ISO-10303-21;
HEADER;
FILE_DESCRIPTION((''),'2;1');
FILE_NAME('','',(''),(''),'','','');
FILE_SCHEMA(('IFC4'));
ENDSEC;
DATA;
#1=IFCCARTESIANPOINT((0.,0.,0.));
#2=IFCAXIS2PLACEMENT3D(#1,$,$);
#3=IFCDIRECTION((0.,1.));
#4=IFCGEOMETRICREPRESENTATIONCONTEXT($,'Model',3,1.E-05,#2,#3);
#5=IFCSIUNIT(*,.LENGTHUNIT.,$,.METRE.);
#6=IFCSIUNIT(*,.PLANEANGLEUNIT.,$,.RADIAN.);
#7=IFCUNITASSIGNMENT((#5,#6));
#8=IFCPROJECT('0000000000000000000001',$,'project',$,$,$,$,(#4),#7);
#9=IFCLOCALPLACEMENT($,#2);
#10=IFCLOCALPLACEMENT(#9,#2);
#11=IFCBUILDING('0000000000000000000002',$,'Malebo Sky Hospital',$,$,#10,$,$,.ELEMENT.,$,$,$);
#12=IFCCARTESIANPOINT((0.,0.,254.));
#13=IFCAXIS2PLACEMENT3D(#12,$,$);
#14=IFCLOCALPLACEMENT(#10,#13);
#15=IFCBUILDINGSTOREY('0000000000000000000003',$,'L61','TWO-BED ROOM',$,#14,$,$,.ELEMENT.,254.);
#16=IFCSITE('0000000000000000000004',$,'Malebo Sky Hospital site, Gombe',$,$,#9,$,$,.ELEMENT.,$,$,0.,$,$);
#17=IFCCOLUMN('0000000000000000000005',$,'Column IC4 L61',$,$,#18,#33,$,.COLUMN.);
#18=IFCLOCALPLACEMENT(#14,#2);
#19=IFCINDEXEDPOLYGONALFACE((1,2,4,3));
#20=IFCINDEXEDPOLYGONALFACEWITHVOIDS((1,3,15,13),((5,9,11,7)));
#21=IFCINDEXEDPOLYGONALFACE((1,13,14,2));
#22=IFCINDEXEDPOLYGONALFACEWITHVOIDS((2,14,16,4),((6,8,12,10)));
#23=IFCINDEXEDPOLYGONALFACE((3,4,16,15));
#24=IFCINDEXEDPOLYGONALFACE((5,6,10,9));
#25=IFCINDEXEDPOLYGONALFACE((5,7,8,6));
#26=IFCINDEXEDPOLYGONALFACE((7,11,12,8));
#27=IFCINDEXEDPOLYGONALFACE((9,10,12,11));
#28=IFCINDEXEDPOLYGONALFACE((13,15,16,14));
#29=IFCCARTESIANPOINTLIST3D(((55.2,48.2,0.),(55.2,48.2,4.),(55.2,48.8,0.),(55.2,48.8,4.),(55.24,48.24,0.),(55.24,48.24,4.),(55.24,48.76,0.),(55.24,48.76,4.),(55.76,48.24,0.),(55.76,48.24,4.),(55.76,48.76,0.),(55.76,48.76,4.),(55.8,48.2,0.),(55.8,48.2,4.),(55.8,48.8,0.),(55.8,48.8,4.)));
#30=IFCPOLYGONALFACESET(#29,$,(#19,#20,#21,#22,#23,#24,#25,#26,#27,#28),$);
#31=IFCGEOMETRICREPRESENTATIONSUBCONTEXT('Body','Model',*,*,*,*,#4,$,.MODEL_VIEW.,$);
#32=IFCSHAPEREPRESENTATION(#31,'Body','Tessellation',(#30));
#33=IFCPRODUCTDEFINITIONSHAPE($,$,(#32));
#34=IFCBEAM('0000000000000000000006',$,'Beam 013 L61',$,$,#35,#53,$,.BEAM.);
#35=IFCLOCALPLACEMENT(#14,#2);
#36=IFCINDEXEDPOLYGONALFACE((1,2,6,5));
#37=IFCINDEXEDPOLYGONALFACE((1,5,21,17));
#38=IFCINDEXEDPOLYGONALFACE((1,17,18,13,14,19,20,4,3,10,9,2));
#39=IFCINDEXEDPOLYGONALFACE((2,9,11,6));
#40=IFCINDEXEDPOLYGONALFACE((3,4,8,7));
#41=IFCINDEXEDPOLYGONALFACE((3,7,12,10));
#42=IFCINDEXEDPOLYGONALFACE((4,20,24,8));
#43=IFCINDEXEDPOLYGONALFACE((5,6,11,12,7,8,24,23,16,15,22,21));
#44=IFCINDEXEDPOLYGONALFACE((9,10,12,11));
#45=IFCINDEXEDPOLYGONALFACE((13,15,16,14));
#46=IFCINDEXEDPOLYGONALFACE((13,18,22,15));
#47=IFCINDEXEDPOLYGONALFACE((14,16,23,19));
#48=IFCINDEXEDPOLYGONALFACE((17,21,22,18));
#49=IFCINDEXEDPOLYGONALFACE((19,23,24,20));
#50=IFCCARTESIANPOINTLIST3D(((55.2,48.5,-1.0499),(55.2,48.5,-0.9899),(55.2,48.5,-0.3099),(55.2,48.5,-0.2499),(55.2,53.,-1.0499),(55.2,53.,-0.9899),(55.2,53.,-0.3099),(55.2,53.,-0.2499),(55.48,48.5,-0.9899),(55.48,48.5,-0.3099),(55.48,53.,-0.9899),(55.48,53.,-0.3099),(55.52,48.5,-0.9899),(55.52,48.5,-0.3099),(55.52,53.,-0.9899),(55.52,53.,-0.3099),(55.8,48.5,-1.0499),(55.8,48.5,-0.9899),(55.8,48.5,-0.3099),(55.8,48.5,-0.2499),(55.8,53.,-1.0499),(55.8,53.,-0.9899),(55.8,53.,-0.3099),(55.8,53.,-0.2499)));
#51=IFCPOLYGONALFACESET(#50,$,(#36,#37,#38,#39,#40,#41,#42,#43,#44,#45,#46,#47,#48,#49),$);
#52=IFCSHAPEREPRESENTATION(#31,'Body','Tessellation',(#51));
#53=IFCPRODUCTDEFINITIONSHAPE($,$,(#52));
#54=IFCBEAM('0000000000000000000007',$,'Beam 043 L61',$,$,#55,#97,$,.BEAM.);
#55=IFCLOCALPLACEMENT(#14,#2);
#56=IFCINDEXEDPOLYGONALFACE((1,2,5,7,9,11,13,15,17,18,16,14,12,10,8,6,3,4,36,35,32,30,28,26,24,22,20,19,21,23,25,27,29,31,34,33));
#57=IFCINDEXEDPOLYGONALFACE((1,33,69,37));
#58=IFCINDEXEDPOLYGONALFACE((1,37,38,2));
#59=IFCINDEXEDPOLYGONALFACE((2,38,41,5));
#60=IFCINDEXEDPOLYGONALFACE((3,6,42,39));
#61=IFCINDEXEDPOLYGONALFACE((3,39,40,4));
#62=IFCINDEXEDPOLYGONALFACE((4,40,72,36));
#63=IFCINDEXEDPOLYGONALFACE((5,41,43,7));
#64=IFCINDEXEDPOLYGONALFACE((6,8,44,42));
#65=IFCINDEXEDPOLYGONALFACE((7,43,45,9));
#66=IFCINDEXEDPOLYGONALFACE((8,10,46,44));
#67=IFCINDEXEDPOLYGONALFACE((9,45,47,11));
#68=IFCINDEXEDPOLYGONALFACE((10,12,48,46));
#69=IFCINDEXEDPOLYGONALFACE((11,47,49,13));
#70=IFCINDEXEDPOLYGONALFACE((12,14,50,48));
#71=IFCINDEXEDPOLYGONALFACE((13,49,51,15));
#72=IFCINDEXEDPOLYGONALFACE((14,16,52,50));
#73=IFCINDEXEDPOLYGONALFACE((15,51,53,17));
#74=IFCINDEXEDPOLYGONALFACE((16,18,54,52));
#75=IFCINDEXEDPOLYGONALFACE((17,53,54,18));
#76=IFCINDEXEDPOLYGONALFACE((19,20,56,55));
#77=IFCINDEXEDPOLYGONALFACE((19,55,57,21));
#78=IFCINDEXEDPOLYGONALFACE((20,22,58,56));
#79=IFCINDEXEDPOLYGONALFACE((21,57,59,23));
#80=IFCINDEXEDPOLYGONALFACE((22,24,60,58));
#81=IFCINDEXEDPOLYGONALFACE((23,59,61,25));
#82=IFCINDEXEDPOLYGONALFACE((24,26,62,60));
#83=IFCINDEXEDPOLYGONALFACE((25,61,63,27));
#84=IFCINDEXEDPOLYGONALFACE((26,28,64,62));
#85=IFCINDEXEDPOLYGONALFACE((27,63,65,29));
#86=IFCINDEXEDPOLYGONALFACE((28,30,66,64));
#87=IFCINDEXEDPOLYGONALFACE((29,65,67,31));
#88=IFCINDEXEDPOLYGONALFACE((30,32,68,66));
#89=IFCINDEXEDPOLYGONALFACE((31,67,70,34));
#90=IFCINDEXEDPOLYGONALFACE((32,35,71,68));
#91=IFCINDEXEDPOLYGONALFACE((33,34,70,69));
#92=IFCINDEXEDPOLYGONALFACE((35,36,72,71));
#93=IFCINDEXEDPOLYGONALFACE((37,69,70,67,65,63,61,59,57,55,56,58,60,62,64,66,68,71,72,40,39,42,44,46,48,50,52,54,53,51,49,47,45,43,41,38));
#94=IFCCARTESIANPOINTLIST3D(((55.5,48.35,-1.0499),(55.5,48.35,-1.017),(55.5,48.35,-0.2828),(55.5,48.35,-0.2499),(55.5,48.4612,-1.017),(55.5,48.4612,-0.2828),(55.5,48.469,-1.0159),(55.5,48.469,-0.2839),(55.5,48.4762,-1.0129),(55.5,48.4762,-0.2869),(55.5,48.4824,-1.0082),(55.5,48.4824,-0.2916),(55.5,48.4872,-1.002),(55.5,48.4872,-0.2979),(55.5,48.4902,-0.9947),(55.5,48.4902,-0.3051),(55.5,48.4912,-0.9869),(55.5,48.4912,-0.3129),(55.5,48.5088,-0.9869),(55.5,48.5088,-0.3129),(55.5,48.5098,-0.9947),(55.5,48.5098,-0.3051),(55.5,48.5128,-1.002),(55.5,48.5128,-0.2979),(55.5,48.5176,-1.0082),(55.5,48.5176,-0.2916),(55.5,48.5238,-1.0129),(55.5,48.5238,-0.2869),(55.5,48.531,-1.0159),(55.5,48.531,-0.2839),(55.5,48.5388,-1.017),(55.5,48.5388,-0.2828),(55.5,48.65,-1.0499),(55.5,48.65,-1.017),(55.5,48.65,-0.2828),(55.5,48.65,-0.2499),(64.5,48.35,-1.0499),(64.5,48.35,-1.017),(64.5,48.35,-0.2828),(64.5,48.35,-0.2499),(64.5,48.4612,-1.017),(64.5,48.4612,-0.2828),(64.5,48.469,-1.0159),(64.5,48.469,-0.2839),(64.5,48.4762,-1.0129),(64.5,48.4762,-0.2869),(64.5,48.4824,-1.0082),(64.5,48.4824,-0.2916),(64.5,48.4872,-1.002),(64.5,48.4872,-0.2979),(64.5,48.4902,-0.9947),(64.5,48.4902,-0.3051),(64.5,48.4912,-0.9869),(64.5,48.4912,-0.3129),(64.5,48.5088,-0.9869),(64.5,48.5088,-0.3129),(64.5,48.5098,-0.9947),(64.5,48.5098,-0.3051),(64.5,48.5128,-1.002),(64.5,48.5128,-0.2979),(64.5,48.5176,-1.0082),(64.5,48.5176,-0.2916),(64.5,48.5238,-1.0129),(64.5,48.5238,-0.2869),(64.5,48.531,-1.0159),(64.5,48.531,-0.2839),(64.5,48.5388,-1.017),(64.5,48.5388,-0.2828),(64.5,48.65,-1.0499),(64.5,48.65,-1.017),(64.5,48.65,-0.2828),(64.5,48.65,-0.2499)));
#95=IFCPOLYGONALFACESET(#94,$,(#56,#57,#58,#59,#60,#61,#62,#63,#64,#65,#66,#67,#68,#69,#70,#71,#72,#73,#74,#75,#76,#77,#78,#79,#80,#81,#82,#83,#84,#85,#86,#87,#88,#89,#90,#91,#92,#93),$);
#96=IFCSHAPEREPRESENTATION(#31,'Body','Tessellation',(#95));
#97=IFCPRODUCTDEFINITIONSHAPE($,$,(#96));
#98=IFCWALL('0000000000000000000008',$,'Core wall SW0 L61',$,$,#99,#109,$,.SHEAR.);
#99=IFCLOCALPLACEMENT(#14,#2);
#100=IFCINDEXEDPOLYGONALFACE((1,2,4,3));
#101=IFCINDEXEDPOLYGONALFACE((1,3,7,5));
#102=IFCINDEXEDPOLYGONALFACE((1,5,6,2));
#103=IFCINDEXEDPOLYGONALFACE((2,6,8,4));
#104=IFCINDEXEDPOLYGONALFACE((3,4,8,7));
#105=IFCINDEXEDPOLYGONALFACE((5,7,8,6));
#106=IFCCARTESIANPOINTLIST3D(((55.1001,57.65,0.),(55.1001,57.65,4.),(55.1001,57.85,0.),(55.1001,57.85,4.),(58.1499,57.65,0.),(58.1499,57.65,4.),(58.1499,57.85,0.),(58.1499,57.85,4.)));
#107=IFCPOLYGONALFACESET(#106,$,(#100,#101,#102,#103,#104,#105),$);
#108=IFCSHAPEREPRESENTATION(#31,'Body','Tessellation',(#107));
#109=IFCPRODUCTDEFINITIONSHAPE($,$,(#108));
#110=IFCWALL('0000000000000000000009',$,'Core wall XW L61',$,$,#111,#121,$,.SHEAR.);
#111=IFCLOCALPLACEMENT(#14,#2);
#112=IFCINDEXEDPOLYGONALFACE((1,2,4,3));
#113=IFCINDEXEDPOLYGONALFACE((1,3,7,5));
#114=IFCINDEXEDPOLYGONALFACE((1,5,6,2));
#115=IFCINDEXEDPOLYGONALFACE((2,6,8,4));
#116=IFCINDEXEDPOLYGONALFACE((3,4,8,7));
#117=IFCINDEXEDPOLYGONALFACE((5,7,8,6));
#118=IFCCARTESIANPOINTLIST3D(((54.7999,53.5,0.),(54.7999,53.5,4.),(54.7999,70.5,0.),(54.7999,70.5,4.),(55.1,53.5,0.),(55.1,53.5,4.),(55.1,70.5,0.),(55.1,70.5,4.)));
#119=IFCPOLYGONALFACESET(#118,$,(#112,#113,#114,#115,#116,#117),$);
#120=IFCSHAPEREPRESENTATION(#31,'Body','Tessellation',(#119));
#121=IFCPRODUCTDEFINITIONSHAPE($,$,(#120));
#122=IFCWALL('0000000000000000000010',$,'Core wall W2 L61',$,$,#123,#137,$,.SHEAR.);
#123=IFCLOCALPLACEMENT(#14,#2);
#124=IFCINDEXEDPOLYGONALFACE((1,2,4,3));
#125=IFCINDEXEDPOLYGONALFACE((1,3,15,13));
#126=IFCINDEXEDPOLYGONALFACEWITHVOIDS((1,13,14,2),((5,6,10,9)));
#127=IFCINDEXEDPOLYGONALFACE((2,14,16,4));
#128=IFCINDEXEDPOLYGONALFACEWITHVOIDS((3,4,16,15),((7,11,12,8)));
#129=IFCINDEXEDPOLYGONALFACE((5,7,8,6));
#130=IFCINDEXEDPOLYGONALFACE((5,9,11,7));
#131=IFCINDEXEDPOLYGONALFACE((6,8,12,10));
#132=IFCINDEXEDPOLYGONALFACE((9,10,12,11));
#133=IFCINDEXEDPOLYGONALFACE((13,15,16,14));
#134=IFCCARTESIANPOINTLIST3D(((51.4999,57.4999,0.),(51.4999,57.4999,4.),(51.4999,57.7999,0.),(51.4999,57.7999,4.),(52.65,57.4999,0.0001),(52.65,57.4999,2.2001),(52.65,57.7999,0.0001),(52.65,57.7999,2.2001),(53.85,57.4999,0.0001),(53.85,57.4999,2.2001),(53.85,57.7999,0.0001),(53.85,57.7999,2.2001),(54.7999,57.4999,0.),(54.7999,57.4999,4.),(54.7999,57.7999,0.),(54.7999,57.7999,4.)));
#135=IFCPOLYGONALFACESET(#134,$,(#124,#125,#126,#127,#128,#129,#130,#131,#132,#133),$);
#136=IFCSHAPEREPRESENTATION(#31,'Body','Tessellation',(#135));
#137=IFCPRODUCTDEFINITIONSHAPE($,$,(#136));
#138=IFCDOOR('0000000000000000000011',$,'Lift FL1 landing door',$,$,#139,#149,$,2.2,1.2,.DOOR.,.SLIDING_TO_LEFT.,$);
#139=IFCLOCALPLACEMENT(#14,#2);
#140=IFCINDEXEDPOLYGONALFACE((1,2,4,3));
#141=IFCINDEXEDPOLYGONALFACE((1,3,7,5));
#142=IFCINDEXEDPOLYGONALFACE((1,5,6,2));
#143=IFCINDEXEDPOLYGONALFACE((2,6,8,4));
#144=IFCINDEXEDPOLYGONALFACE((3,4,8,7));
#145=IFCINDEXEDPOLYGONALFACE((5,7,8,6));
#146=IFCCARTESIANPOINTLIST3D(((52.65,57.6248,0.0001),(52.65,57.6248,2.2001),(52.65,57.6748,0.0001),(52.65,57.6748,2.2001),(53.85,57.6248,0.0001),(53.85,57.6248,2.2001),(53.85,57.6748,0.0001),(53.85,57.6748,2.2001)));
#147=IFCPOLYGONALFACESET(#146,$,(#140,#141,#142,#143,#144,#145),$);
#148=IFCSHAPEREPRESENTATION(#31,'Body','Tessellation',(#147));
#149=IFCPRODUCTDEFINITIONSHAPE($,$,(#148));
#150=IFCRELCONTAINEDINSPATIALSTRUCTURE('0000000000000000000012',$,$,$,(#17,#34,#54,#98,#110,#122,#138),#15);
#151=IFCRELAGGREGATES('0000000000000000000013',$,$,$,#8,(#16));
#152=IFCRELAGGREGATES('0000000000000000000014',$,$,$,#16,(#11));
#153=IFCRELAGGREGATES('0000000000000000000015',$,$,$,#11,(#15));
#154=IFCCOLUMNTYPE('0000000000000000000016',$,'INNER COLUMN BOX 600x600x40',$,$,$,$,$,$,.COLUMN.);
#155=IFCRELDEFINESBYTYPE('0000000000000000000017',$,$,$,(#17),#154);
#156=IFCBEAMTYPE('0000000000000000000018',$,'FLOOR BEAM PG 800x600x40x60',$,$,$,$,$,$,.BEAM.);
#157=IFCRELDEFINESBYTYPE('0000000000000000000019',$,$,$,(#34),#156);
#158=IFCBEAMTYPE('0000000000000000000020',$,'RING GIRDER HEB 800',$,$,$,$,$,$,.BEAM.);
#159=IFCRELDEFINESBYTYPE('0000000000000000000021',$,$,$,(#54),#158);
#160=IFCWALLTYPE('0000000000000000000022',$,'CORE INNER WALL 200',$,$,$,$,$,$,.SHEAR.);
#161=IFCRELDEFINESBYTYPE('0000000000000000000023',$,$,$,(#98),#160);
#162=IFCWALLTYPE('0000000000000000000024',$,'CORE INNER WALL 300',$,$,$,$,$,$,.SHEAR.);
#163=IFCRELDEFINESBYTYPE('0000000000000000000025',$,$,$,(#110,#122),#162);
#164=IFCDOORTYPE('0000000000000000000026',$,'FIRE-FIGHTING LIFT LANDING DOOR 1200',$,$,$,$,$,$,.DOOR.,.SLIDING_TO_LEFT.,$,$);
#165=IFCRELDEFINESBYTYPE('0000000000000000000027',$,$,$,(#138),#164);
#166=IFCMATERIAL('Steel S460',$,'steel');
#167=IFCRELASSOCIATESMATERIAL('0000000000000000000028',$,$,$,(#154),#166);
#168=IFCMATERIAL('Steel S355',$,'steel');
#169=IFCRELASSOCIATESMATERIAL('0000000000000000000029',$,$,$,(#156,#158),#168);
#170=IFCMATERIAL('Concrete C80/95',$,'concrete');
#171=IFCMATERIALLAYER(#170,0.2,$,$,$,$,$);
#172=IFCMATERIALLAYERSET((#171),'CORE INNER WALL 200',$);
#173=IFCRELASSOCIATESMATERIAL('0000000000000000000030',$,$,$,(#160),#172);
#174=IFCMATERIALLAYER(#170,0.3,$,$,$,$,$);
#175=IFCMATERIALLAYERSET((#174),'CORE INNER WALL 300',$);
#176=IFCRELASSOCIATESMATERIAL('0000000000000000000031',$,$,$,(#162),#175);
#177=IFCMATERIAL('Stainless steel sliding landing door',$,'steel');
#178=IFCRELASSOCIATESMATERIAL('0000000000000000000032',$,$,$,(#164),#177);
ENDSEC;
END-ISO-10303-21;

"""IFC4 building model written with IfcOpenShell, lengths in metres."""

from ifc_helpers import new_model, si_unit, direction, frame, frame_2d, origin, origin_2d, place, context, subcontext, project, spatial, rectangle, hollow_rectangle, i_section, extrude, material, layer, layer_set, material_profile, profile_set, type_object, element, fill, save


model = new_model("IFC4")

# Units and contexts
model_context = context("Model", 3, precision=1e-05, world=origin(), true_north=direction((0.0, 1.0)))
body_context = subcontext(model_context, "Body", "Model", "MODEL_VIEW")
ifc_project = project(units=[si_unit("LENGTHUNIT", "METRE"), si_unit("PLANEANGLEUNIT", "RADIAN")], contexts=[model_context])

# Site, building, storey
site_placement = place(None, origin())
site = spatial("IfcSite", under=ifc_project, at=site_placement, Name="Malebo Sky Hospital site, Gombe", CompositionType="ELEMENT", RefElevation=0.0)
building_placement = place(site_placement, origin())
building = spatial("IfcBuilding", under=site, at=building_placement, Name="Malebo Sky Hospital", CompositionType="ELEMENT")
storey_placement = place(building_placement, frame((0.0, 0.0, 254.0)))
storey = spatial("IfcBuildingStorey", under=building, at=storey_placement, Name="L61", Description="TWO-BED ROOM", CompositionType="ELEMENT", Elevation=254.0)

# Column
ifc_material_1 = material(Name="Steel S460", Category="steel")
ifc_material_profile_1 = material_profile(ifc_material_1, hollow_rectangle(XDim=0.6001, YDim=0.6001, WallThickness=0.04, at=origin_2d()), Name="BOX 600x600x40")
ifc_profile_set_1 = profile_set([ifc_material_profile_1], Name="Steel S460")
column_type = type_object("IfcColumnType", Name="INNER COLUMN BOX 600x600x40", PredefinedType="COLUMN", material=ifc_profile_set_1)
column_placement = place(storey_placement, frame((55.5, 48.5, 0.0), z_axis=(0.0, 0.0, 1.0), x_axis=(1.0, 0.0, 0.0)))
element("IfcColumn", 1, at=column_placement, inside=storey, type_object=column_type, Name="Column IC4 L61", PredefinedType="COLUMN", context=body_context, shape_type="SweptSolid", body=[
    extrude(hollow_rectangle(XDim=0.6001, YDim=0.6001, WallThickness=0.04, at=origin_2d()), origin(), (0.0, 0.0, 1.0), 4.0),
])

# Beams
ifc_material_2 = material(Name="Steel S355", Category="steel")
ifc_material_profile_2 = material_profile(ifc_material_2, i_section(OverallWidth=0.6001, OverallDepth=0.8, WebThickness=0.04, FlangeThickness=0.0601, at=origin_2d()), Name="PG 800x600x40x60")
ifc_profile_set_2 = profile_set([ifc_material_profile_2], Name="Steel S355")
beam_type_1 = type_object("IfcBeamType", Name="FLOOR BEAM PG 800x600x40x60", PredefinedType="BEAM", material=ifc_profile_set_2)
beam_1_placement = place(storey_placement, frame((55.5, 48.5, -0.6499), z_axis=(0.0, 1.0, 0.0), x_axis=(-1.0, 0.0, 0.0)))
element("IfcBeam", 2, at=beam_1_placement, inside=storey, type_object=beam_type_1, Name="Beam 013 L61", PredefinedType="BEAM", context=body_context, shape_type="SweptSolid", body=[
    extrude(i_section(OverallWidth=0.6001, OverallDepth=0.8, WebThickness=0.04, FlangeThickness=0.0601, at=origin_2d()), origin(), (0.0, 0.0, 1.0), 4.5),
])
ifc_material_profile_3 = material_profile(ifc_material_2, i_section(OverallWidth=0.3, OverallDepth=0.8, WebThickness=0.0176, FlangeThickness=0.033, FilletRadius=0.03, at=origin_2d()), Name="HEB 800")
ifc_profile_set_3 = profile_set([ifc_material_profile_3], Name="Steel S355")
beam_type_2 = type_object("IfcBeamType", Name="RING GIRDER HEB 800", PredefinedType="BEAM", material=ifc_profile_set_3)
beam_2_placement = place(storey_placement, frame((55.5, 48.5, -0.6499), z_axis=(1.0, 0.0, 0.0), x_axis=(0.0, 1.0, 0.0)))
element("IfcBeam", 3, at=beam_2_placement, inside=storey, type_object=beam_type_2, Name="Beam 043 L61", PredefinedType="BEAM", context=body_context, shape_type="SweptSolid", body=[
    extrude(i_section(OverallWidth=0.3, OverallDepth=0.8, WebThickness=0.0176, FlangeThickness=0.033, FilletRadius=0.03, at=origin_2d()), origin(), (0.0, 0.0, 1.0), 9.0),
])

# Walls
ifc_material_3 = material(Name="Concrete C80/95", Category="concrete")
ifc_layer_1 = layer(ifc_material_3, 0.2)
ifc_layer_set_1 = layer_set([ifc_layer_1], Name="CORE INNER WALL 200")
wall_type_1 = type_object("IfcWallType", Name="CORE INNER WALL 200", PredefinedType="SHEAR", material=ifc_layer_set_1)
wall_1_placement = place(storey_placement, frame((55.1001, 57.75, 0.0), z_axis=(0.0, 0.0, 1.0), x_axis=(1.0, 0.0, 0.0)))
element("IfcWall", 4, at=wall_1_placement, inside=storey, type_object=wall_type_1, Name="Core wall SW0 L61", PredefinedType="SHEAR", context=body_context, shape_type="SweptSolid", body=[
    extrude(rectangle(XDim=3.0498, YDim=0.2, at=frame_2d((1.5249, 0.0))), origin(), (0.0, 0.0, 1.0), 4.0),
])
ifc_layer_2 = layer(ifc_material_3, 0.3)
ifc_layer_set_2 = layer_set([ifc_layer_2], Name="CORE INNER WALL 300")
wall_type_2 = type_object("IfcWallType", Name="CORE INNER WALL 300", PredefinedType="SHEAR", material=ifc_layer_set_2)
wall_2_placement = place(storey_placement, frame((54.95, 53.5, 0.0), z_axis=(0.0, 0.0, 1.0), x_axis=(0.0, 1.0, 0.0)))
element("IfcWall", 5, at=wall_2_placement, inside=storey, type_object=wall_type_2, Name="Core wall XW L61", PredefinedType="SHEAR", context=body_context, shape_type="SweptSolid", body=[
    extrude(rectangle(XDim=17.0, YDim=0.3, at=frame_2d((8.5, 0.0))), origin(), (0.0, 0.0, 1.0), 4.0),
])

# Wall, opening, door
wall_3_placement = place(storey_placement, frame((51.5, 57.6499, 0.0), z_axis=(0.0, 0.0, 1.0), x_axis=(1.0, 0.0, 0.0)))
wall_3 = element("IfcWall", 6, at=wall_3_placement, inside=storey, type_object=wall_type_2, Name="Core wall W2 L61", PredefinedType="SHEAR", context=body_context, shape_type="SweptSolid", body=[
    extrude(rectangle(XDim=3.3, YDim=0.3, at=frame_2d((1.6499, 0.0))), origin(), (0.0, 0.0, 1.0), 4.0),
])
opening_1_placement = place(wall_3_placement, frame((1.1499, 0.0, 0.0)))
opening_1 = element("IfcOpeningElement", 7, at=opening_1_placement, cuts=wall_3, PredefinedType="OPENING", context=body_context, shape_type="SweptSolid", body=[
    extrude(rectangle(XDim=1.2, YDim=2.2, at=frame_2d((0.6001, 1.1001))), frame((0.0, 0.1599, 0.0), z_axis=(0.0, -1.0, 0.0), x_axis=(1.0, 0.0, 0.0)), (0.0, 0.0, 1.0), 0.3201),
])
ifc_material_4 = material(Name="Stainless steel sliding landing door", Category="steel")
door_type_1 = type_object("IfcDoorType", Name="FIRE-FIGHTING LIFT LANDING DOOR 1200", OperationType="SLIDING_TO_LEFT", PredefinedType="DOOR", material=ifc_material_4)
door_1_placement = place(opening_1_placement, origin())
door_1 = element("IfcDoor", 8, at=door_1_placement, inside=storey, type_object=door_type_1, Name="Lift FL1 landing door", OperationType="SLIDING_TO_LEFT", OverallHeight=2.2, OverallWidth=1.2, PredefinedType="DOOR", context=body_context, shape_type="SweptSolid", body=[
    extrude(rectangle(XDim=1.2, YDim=2.2, at=frame_2d((0.6001, 1.1001))), frame((0.0, 0.0249, 0.0), z_axis=(0.0, -1.0, 0.0), x_axis=(1.0, 0.0, 0.0)), (0.0, 0.0, 1.0), 0.05),
])
fill(opening_1, door_1)

save(model, "model.ifc")
